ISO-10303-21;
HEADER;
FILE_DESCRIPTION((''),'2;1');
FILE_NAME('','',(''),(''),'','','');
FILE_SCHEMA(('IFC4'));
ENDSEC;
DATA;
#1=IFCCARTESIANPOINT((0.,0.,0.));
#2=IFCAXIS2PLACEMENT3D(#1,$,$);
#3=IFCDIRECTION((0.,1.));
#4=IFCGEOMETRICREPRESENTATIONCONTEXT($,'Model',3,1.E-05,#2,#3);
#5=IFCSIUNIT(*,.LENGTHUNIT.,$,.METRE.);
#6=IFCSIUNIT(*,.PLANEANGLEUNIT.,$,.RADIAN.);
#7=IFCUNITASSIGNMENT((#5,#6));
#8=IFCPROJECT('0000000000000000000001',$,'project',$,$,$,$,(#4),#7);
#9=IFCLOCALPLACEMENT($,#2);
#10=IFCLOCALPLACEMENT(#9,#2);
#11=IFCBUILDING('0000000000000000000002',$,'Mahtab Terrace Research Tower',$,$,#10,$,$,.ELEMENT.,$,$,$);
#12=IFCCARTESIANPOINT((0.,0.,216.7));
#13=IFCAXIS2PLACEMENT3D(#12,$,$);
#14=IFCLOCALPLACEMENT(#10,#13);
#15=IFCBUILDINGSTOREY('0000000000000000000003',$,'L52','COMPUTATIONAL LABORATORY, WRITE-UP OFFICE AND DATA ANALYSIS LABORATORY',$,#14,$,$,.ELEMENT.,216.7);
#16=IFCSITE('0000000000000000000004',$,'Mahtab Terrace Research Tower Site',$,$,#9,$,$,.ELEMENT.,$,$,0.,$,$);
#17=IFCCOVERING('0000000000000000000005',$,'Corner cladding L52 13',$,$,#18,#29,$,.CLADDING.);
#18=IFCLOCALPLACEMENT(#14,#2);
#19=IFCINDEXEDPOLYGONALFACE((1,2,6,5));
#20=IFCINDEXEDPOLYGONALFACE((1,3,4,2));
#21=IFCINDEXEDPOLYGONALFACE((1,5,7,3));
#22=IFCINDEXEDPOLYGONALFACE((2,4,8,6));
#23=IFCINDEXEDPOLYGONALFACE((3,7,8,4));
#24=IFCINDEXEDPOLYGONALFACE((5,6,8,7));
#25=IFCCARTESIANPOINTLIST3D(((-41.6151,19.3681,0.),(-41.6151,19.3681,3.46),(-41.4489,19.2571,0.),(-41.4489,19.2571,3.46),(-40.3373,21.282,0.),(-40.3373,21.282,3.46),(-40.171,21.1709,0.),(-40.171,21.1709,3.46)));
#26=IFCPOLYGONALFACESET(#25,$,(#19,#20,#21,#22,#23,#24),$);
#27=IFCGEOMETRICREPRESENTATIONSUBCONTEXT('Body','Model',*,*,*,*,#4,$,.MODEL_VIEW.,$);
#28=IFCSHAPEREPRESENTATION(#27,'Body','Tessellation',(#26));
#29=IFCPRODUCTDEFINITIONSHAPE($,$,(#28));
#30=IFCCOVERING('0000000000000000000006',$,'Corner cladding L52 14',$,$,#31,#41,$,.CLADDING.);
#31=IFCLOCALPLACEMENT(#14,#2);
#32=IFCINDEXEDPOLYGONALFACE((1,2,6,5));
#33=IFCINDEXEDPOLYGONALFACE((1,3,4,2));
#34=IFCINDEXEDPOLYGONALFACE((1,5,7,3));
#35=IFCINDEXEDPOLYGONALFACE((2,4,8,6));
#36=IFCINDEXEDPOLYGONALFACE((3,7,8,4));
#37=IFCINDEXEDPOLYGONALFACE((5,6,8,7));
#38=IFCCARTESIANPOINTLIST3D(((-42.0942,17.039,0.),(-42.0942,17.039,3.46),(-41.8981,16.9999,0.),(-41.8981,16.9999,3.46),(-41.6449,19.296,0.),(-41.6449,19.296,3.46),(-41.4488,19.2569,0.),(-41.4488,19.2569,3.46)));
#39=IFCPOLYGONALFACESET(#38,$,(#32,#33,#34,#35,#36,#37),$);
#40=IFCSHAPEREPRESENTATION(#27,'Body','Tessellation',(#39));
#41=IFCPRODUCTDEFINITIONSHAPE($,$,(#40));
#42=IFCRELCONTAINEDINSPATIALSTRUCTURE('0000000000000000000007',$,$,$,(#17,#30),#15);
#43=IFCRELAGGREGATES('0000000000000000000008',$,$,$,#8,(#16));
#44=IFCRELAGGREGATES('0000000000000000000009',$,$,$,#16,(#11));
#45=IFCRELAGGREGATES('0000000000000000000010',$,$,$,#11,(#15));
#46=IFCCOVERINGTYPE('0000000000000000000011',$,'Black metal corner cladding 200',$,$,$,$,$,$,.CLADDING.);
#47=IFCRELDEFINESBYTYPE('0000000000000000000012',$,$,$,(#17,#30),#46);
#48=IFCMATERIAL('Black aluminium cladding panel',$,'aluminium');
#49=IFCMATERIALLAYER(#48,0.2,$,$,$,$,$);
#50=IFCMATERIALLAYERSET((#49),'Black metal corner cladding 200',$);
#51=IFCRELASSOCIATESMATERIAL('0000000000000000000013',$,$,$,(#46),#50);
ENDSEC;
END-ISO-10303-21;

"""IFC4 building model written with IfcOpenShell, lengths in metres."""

from ifc_helpers import new_model, si_unit, direction, frame, origin, origin_2d, place, context, subcontext, project, spatial, rectangle, extrude, material, layer, layer_set, type_object, element, save


model = new_model("IFC4")

# Units and contexts
model_context = context("Model", 3, precision=1e-05, world=origin(), true_north=direction((0.0, 1.0)))
body_context = subcontext(model_context, "Body", "Model", "MODEL_VIEW")
ifc_project = project(units=[si_unit("LENGTHUNIT", "METRE"), si_unit("PLANEANGLEUNIT", "RADIAN")], contexts=[model_context])

# Site, building, storey
site_placement = place(None, origin())
site = spatial("IfcSite", under=ifc_project, at=site_placement, Name="Mahtab Terrace Research Tower Site", CompositionType="ELEMENT", RefElevation=0.0)
building_placement = place(site_placement, origin())
building = spatial("IfcBuilding", under=site, at=building_placement, Name="Mahtab Terrace Research Tower", CompositionType="ELEMENT")
storey_placement = place(building_placement, frame((0.0, 0.0, 216.7)))
storey = spatial("IfcBuildingStorey", under=building, at=storey_placement, Name="L52", Description="COMPUTATIONAL LABORATORY, WRITE-UP OFFICE AND DATA ANALYSIS LABORATORY", CompositionType="ELEMENT", Elevation=216.7)

# Coverings
ifc_material_1 = material(Name="Black aluminium cladding panel", Category="aluminium")
ifc_layer_1 = layer(ifc_material_1, 0.2)
ifc_layer_set_1 = layer_set([ifc_layer_1], Name="Black metal corner cladding 200")
covering_type = type_object("IfcCoveringType", Name="Black metal corner cladding 200", PredefinedType="CLADDING", material=ifc_layer_set_1)
for number, where, z_axis, x_axis, name in (
    (1, (-40.8931, 20.2695, 0.0), (0.0, 0.0, 1.0), (-0.555291, -0.831656, 0.0), "Corner cladding L52 13"),
    (2, (-41.7715, 18.1479, 0.0), (0.0, 0.0, 1.0), (-0.195212, -0.980761, 0.0), "Corner cladding L52 14"),
):
    element("IfcCovering", number, at=place(storey_placement, frame(where, z_axis=z_axis, x_axis=x_axis)), inside=storey, type_object=covering_type, Name=name, PredefinedType="CLADDING", context=body_context, shape_type="SweptSolid", body=[
        extrude(rectangle(XDim=2.3013, YDim=0.2, at=origin_2d()), origin(), (0.0, 0.0, 1.0), 3.46),
    ])

save(model, "model.ifc")
